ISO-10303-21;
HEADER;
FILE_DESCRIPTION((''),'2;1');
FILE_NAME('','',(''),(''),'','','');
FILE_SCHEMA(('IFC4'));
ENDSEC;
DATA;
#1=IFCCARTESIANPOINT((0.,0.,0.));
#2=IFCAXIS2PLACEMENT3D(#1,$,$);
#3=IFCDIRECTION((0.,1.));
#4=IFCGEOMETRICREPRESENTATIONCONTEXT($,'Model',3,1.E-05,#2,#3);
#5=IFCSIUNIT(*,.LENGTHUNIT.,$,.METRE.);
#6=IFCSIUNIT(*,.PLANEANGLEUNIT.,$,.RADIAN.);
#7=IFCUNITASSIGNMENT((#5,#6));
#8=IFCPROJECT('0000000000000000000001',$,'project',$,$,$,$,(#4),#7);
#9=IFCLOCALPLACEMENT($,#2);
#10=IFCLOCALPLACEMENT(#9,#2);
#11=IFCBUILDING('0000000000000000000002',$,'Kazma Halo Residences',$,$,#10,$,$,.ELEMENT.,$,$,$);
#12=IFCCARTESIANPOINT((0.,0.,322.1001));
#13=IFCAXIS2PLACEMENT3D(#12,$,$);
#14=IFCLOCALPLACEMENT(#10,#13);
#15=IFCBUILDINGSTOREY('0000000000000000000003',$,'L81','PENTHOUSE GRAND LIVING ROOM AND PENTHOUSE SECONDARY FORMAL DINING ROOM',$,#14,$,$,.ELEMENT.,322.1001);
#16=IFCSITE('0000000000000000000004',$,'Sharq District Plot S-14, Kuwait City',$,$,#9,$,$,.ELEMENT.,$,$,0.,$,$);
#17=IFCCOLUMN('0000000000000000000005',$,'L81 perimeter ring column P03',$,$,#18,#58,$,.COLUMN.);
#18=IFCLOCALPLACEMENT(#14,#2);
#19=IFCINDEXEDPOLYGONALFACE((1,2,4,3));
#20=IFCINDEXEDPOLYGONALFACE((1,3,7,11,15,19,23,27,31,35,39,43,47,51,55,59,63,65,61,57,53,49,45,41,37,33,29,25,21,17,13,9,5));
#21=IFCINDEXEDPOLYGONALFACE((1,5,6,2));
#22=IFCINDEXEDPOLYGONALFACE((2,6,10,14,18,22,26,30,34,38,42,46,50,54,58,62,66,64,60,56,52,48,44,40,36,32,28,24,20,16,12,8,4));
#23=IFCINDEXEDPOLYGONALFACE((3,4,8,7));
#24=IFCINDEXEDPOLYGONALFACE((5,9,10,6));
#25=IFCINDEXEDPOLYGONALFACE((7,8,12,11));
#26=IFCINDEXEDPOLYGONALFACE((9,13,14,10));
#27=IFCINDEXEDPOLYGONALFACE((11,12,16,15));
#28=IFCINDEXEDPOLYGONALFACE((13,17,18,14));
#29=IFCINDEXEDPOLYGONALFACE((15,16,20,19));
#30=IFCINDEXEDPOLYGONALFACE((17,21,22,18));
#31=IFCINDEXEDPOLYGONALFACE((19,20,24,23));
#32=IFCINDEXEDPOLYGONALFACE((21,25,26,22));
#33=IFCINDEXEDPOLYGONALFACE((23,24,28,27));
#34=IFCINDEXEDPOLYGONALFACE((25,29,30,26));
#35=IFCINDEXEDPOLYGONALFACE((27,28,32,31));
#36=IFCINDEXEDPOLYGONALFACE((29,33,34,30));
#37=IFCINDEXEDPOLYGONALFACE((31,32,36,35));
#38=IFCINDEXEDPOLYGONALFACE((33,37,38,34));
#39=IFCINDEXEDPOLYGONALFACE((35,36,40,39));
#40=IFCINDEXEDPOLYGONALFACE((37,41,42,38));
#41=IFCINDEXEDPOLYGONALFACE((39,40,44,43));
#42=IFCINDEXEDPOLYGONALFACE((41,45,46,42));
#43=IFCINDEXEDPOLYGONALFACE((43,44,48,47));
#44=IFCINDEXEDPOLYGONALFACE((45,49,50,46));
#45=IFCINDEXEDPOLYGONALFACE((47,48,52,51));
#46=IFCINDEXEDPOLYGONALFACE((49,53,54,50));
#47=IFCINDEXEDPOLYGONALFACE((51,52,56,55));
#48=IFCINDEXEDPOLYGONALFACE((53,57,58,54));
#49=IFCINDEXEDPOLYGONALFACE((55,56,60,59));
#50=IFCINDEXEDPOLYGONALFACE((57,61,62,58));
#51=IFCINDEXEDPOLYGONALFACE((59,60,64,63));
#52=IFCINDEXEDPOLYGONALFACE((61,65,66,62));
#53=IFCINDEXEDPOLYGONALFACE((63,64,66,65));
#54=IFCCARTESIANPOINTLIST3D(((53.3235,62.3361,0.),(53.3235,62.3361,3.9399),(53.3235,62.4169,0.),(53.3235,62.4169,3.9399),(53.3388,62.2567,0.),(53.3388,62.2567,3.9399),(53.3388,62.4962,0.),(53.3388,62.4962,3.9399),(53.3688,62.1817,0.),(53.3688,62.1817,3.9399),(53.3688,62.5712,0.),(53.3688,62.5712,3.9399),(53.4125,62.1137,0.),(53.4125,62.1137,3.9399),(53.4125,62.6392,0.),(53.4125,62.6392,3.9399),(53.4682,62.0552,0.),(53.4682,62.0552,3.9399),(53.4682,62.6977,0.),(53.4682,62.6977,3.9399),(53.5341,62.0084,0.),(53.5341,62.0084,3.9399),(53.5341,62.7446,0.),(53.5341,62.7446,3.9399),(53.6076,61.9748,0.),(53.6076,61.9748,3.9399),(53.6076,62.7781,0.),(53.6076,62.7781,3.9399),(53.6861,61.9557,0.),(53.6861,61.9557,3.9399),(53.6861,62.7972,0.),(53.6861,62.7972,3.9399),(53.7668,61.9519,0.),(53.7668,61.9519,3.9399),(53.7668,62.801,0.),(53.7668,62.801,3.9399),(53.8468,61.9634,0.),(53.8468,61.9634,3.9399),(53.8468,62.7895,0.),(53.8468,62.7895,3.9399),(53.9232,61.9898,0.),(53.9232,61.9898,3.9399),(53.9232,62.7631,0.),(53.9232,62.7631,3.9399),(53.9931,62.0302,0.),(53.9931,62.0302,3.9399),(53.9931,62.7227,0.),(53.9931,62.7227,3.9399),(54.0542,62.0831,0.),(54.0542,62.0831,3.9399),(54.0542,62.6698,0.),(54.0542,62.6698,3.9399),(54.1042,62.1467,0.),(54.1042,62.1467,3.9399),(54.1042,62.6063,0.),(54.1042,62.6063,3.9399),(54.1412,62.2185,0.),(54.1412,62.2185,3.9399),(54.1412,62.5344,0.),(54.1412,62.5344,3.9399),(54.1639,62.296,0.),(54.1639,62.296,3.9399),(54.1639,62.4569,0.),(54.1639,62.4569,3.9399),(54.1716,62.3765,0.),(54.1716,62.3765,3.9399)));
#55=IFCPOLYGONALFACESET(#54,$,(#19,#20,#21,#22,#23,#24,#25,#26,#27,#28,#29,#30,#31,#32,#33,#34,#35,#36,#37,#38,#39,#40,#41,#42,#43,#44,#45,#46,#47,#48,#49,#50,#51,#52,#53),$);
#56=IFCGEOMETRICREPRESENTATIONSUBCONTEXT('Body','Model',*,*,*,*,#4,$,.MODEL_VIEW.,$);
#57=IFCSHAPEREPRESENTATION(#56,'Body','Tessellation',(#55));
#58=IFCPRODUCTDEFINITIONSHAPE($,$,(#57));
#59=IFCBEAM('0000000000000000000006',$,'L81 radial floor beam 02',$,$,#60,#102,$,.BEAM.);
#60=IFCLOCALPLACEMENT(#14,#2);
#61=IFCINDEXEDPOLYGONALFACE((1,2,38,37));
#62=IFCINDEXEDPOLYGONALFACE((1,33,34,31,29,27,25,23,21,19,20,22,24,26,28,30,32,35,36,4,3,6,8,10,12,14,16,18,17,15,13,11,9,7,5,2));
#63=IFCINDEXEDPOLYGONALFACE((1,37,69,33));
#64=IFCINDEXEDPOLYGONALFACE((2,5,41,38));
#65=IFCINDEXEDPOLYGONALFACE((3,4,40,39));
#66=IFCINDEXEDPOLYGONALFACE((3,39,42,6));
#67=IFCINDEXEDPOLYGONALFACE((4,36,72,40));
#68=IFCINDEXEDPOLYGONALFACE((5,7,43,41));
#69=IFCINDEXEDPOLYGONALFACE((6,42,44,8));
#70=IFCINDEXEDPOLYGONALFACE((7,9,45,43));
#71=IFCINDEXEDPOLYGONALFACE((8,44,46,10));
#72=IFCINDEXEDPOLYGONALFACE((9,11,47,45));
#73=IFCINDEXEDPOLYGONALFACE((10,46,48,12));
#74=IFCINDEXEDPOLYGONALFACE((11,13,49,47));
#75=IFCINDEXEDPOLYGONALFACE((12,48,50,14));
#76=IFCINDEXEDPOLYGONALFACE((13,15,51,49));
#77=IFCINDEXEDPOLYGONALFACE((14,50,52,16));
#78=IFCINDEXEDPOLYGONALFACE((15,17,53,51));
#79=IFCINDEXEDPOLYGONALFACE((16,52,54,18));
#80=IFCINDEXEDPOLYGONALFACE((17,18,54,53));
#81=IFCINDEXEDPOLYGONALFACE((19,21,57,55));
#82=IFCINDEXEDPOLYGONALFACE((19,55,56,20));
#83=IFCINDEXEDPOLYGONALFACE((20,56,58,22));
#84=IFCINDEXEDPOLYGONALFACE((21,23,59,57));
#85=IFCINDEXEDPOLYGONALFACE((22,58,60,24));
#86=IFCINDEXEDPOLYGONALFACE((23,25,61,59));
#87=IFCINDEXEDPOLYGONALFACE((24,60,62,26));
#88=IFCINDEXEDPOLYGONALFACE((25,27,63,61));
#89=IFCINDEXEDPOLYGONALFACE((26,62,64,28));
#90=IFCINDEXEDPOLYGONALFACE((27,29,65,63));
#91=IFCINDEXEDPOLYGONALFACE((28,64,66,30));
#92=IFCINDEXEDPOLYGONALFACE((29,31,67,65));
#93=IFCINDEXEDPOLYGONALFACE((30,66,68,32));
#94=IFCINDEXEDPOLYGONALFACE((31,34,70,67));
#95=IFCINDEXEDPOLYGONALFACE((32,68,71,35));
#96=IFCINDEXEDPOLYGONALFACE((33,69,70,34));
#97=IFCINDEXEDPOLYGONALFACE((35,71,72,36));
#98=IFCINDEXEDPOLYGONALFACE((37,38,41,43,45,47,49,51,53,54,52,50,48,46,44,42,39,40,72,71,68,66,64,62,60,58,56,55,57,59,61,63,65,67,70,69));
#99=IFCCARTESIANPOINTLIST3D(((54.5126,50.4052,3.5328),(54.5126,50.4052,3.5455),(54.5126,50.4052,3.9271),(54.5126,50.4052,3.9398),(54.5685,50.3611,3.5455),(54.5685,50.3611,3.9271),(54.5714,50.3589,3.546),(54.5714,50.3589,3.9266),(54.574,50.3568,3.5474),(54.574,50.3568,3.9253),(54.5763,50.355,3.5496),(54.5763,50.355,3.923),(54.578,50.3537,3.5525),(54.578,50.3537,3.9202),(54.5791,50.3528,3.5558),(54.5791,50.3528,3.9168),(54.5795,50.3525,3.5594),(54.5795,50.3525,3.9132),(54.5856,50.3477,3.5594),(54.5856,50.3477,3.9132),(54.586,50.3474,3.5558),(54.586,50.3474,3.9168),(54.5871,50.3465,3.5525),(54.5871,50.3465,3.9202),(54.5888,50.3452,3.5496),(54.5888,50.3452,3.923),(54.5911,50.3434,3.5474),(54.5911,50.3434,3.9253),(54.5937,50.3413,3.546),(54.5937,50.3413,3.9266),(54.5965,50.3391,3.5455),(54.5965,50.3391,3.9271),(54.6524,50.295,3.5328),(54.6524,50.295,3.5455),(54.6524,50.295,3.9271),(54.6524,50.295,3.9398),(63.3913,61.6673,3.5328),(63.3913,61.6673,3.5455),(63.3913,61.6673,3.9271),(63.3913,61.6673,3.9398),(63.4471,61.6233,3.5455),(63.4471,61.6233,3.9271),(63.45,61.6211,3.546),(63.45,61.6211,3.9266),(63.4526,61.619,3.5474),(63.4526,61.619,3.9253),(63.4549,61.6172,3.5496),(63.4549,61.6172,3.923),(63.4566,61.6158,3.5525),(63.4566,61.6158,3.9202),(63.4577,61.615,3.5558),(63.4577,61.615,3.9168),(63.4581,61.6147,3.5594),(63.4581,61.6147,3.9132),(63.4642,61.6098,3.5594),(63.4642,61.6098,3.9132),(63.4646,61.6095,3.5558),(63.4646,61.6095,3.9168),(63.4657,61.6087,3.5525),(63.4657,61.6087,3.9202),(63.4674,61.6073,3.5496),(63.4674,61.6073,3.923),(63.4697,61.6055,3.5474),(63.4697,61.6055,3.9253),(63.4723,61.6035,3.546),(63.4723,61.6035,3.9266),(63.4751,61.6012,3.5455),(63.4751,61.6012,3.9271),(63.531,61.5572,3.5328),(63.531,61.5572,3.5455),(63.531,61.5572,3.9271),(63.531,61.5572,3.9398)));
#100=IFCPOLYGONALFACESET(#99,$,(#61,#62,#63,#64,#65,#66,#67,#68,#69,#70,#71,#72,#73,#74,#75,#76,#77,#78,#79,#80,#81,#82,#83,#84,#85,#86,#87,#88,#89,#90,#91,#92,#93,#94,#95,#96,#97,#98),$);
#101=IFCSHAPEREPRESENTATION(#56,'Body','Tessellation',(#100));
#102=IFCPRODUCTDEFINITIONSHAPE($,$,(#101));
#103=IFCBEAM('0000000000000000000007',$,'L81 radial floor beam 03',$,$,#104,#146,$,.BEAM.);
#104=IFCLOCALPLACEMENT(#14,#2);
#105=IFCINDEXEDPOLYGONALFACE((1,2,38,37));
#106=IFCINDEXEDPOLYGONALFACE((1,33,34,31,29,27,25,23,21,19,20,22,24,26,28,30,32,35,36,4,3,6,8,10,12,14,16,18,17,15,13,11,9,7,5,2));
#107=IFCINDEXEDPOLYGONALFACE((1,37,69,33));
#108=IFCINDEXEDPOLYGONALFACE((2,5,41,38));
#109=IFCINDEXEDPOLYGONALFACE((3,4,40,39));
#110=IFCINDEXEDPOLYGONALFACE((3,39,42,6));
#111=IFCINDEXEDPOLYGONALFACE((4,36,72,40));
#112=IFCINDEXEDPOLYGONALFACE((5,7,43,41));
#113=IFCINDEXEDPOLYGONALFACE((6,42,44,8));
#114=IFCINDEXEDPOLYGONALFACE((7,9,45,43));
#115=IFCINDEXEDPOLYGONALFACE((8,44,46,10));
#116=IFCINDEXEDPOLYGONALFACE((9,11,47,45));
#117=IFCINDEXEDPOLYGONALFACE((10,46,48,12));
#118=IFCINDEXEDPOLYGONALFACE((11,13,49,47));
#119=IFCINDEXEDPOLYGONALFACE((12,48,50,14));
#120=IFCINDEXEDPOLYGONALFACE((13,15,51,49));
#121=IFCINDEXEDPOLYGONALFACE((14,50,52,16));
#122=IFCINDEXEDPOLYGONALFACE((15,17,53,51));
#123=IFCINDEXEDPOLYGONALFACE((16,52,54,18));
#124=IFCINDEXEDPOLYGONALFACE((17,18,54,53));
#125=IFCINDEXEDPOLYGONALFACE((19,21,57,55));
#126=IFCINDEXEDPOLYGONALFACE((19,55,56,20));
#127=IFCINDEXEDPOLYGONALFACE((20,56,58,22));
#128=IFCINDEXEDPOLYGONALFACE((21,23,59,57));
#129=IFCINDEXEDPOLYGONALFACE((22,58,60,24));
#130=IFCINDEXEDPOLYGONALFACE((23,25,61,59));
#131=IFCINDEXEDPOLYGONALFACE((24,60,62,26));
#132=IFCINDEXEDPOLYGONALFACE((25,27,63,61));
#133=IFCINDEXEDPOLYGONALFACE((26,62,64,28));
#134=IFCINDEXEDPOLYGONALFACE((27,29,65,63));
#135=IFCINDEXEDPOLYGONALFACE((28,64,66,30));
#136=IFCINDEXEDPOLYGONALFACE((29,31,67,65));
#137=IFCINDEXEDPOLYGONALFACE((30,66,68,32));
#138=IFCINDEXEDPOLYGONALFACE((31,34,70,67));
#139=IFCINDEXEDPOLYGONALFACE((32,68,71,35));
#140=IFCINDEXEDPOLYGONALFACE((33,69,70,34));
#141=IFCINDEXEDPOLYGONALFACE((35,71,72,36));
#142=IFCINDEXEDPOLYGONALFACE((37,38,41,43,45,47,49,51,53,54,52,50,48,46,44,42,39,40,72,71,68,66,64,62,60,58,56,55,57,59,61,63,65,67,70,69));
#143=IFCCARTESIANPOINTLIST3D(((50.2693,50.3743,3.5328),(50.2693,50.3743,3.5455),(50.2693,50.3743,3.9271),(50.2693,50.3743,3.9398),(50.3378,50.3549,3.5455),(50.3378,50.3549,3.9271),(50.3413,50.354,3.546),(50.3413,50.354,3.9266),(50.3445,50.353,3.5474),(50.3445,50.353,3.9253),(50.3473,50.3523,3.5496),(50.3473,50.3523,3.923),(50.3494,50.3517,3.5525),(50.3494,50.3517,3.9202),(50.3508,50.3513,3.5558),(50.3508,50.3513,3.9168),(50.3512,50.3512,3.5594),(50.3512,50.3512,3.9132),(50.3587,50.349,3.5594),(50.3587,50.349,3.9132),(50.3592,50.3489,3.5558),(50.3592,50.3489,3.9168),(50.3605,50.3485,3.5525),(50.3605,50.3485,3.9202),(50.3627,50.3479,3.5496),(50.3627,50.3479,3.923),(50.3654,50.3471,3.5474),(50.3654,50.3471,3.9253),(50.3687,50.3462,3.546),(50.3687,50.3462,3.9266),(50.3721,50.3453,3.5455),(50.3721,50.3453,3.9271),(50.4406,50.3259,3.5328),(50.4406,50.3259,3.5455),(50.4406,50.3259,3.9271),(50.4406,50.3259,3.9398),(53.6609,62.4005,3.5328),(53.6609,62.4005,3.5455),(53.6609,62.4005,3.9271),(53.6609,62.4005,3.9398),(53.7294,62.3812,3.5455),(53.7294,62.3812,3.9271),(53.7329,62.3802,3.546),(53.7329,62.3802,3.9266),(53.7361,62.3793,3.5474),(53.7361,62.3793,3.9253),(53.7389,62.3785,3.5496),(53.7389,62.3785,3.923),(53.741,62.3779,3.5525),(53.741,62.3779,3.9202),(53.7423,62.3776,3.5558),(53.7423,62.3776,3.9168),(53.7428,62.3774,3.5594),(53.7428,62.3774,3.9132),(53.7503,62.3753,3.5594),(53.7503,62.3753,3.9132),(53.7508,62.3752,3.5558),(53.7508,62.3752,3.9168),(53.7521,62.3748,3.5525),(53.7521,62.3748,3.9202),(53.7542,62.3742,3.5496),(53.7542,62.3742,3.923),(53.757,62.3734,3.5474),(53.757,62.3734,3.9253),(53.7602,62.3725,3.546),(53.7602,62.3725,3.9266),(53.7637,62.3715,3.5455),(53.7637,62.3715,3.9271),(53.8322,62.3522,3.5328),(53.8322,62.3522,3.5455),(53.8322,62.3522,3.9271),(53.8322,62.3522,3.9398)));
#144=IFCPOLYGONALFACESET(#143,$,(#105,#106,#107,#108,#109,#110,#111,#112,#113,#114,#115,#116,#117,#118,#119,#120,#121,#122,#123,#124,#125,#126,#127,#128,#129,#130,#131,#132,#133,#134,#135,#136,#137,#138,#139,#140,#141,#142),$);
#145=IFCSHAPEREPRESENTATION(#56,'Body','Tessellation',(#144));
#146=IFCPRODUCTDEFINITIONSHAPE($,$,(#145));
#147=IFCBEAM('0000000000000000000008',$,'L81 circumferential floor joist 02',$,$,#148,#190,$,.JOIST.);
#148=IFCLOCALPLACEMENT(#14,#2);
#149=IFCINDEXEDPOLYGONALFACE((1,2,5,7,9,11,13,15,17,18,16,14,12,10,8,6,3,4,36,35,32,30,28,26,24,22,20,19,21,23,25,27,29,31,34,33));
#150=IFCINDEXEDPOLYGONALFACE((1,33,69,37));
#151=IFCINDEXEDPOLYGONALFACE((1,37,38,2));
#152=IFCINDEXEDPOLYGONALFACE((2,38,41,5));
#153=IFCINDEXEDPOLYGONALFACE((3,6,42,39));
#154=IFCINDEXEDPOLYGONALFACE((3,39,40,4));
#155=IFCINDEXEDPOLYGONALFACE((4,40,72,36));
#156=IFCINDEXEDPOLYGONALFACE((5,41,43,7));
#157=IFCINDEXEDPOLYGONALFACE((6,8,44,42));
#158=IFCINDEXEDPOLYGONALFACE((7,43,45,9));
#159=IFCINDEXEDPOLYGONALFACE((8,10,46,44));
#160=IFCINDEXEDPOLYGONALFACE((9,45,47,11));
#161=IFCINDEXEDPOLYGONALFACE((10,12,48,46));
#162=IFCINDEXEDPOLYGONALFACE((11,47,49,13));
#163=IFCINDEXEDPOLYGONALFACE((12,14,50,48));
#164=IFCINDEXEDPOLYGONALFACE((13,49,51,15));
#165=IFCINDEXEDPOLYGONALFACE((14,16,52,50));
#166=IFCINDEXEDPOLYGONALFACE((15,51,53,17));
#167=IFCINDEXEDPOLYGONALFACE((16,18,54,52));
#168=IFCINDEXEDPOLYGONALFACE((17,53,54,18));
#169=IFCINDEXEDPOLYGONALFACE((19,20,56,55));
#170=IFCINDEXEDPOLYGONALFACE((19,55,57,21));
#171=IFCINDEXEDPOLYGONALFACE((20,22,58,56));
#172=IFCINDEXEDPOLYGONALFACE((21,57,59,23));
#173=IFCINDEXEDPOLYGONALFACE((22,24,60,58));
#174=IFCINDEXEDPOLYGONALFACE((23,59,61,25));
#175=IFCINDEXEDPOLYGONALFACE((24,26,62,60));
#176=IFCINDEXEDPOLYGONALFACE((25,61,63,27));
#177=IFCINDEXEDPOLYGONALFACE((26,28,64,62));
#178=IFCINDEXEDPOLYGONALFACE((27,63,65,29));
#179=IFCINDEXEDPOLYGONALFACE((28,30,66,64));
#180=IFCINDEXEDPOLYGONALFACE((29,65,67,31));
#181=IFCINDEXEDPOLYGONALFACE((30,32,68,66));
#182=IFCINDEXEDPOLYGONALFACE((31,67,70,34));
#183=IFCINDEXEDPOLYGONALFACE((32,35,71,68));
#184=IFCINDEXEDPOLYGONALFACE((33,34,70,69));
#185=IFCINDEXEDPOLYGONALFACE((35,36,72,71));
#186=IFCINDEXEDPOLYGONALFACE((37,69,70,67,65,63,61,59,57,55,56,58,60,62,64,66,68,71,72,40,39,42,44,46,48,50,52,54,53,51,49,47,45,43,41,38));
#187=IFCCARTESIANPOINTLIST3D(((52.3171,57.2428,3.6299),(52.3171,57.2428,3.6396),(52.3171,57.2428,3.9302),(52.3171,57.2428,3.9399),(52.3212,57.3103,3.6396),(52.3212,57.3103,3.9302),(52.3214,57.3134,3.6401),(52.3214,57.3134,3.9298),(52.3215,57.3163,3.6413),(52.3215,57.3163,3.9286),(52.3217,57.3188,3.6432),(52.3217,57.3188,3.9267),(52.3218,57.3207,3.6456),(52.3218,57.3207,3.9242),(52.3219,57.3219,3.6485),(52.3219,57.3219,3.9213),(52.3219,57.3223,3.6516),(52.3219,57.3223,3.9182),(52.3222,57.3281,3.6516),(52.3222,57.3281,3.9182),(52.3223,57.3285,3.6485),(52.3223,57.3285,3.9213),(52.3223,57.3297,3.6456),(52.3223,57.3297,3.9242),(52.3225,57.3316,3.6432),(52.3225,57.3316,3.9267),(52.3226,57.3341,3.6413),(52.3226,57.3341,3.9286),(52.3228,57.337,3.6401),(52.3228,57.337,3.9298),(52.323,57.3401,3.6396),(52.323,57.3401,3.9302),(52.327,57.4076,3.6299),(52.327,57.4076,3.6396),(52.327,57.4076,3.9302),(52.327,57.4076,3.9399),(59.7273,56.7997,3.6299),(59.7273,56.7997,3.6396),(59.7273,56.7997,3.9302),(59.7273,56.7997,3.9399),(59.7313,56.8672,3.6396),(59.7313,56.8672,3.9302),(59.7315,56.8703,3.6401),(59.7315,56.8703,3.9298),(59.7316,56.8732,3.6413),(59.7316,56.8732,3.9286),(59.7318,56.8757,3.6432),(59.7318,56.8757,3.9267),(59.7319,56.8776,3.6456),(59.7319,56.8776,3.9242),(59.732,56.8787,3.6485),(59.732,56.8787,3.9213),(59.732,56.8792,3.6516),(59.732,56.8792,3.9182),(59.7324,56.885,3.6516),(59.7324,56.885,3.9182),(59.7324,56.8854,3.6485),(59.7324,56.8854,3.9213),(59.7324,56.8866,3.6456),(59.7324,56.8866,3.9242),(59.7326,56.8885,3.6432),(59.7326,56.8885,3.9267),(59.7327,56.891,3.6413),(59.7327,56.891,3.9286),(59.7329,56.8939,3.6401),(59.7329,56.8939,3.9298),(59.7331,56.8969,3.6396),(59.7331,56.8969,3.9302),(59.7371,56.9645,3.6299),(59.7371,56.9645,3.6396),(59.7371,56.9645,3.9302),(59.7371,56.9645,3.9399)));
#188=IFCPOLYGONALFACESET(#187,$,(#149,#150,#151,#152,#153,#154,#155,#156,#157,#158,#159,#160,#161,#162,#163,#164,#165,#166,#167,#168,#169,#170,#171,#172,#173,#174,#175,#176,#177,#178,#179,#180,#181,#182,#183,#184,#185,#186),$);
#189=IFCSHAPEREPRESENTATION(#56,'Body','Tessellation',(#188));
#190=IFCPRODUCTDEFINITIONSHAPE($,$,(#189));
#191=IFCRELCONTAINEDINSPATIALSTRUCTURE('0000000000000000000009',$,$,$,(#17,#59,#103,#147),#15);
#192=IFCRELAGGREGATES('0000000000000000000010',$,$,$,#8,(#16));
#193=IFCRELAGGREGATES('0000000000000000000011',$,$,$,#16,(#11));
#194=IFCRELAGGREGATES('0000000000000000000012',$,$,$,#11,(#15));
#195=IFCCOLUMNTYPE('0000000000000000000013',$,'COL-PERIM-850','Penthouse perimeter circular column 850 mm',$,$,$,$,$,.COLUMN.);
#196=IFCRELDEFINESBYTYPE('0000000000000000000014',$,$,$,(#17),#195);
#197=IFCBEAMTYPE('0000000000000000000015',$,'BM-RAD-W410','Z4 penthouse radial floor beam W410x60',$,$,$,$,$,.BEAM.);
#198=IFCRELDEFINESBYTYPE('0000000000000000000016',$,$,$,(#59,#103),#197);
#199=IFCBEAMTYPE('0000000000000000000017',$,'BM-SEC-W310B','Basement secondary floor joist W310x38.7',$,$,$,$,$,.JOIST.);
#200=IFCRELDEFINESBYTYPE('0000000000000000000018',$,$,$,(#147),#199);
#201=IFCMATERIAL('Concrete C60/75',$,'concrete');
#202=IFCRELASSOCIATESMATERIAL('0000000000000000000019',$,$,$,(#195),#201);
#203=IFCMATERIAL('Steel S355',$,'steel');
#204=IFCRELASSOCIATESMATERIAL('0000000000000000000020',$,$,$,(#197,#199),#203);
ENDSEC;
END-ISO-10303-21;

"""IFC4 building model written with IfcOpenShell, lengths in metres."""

from ifc_helpers import new_model, si_unit, direction, frame, origin, origin_2d, place, context, subcontext, project, spatial, circle, i_section, extrude, material, material_profile, profile_set, type_object, element, save


model = new_model("IFC4")

# Units and contexts
model_context = context("Model", 3, precision=1e-05, world=origin(), true_north=direction((0.0, 1.0)))
body_context = subcontext(model_context, "Body", "Model", "MODEL_VIEW")
ifc_project = project(units=[si_unit("LENGTHUNIT", "METRE"), si_unit("PLANEANGLEUNIT", "RADIAN")], contexts=[model_context])

# Site, building, storey
site_placement = place(None, origin())
site = spatial("IfcSite", under=ifc_project, at=site_placement, Name="Sharq District Plot S-14, Kuwait City", CompositionType="ELEMENT", RefElevation=0.0)
building_placement = place(site_placement, origin())
building = spatial("IfcBuilding", under=site, at=building_placement, Name="Kazma Halo Residences", CompositionType="ELEMENT")
storey_placement = place(building_placement, frame((0.0, 0.0, 322.1001)))
storey = spatial("IfcBuildingStorey", under=building, at=storey_placement, Name="L81", Description="PENTHOUSE GRAND LIVING ROOM AND PENTHOUSE SECONDARY FORMAL DINING ROOM", CompositionType="ELEMENT", Elevation=322.1001)

# Column
ifc_material_1 = material(Name="Concrete C60/75", Category="concrete")
ifc_material_profile_1 = material_profile(ifc_material_1, circle(Radius=0.425, at=origin_2d()), Name="CIRC850")
ifc_profile_set_1 = profile_set([ifc_material_profile_1], Name="Concrete C60/75")
column_type = type_object("IfcColumnType", Name="COL-PERIM-850", Description="Penthouse perimeter circular column 850 mm", PredefinedType="COLUMN", material=ifc_profile_set_1)
column_placement = place(storey_placement, frame((53.7466, 62.3765, 0.0), z_axis=(0.0, 0.0, 1.0), x_axis=(1.0, 0.0, 0.0)))
element("IfcColumn", 1, at=column_placement, inside=storey, type_object=column_type, Name="L81 perimeter ring column P03", PredefinedType="COLUMN", context=body_context, shape_type="SweptSolid", body=[
    extrude(circle(Radius=0.425, at=origin_2d()), origin(), (0.0, 0.0, 1.0), 3.9399),
])

# Beams
ifc_material_2 = material(Name="Steel S355", Category="steel")
ifc_material_profile_2 = material_profile(ifc_material_2, i_section(OverallWidth=0.178, OverallDepth=0.407, WebThickness=0.0078, FlangeThickness=0.0127, FilletRadius=0.0139, at=origin_2d()), Name="W410x60")
ifc_profile_set_2 = profile_set([ifc_material_profile_2], Name="Steel S355")
beam_type_1 = type_object("IfcBeamType", Name="BM-RAD-W410", Description="Z4 penthouse radial floor beam W410x60", PredefinedType="BEAM", material=ifc_profile_set_2)
beam_1_placement = place(storey_placement, frame((54.5825, 50.3501, 3.7363), z_axis=(0.619105, 0.785308, 0.0), x_axis=(-0.785308, 0.619105, 0.0)))
element("IfcBeam", 2, at=beam_1_placement, inside=storey, type_object=beam_type_1, Name="L81 radial floor beam 02", PredefinedType="BEAM", context=body_context, shape_type="SweptSolid", body=[
    extrude(i_section(OverallWidth=0.178, OverallDepth=0.407, WebThickness=0.0078, FlangeThickness=0.0127, FilletRadius=0.0139, at=origin_2d()), origin(), (0.0, 0.0, 1.0), 14.3411),
])
beam_2_placement = place(storey_placement, frame((50.355, 50.3501, 3.7363), z_axis=(0.271427, 0.962459, 0.0), x_axis=(-0.962459, 0.271427, 0.0)))
element("IfcBeam", 3, at=beam_2_placement, inside=storey, type_object=beam_type_1, Name="L81 radial floor beam 03", PredefinedType="BEAM", context=body_context, shape_type="SweptSolid", body=[
    extrude(i_section(OverallWidth=0.178, OverallDepth=0.407, WebThickness=0.0078, FlangeThickness=0.0127, FilletRadius=0.0139, at=origin_2d()), origin(), (0.0, 0.0, 1.0), 12.4954),
])
ifc_material_profile_3 = material_profile(ifc_material_2, i_section(OverallWidth=0.165, OverallDepth=0.3101, WebThickness=0.0059, FlangeThickness=0.0098, FilletRadius=0.012, at=origin_2d()), Name="W310x38.7")
ifc_profile_set_3 = profile_set([ifc_material_profile_3], Name="Steel S355")
beam_type_2 = type_object("IfcBeamType", Name="BM-SEC-W310B", Description="Basement secondary floor joist W310x38.7", PredefinedType="JOIST", material=ifc_profile_set_3)
beam_3_placement = place(storey_placement, frame((59.7322, 56.8821, 3.7849), z_axis=(-0.998217, 0.059692, 0.0), x_axis=(-0.059692, -0.998217, 0.0)))
element("IfcBeam", 4, at=beam_3_placement, inside=storey, type_object=beam_type_2, Name="L81 circumferential floor joist 02", PredefinedType="JOIST", context=body_context, shape_type="SweptSolid", body=[
    extrude(i_section(OverallWidth=0.165, OverallDepth=0.3101, WebThickness=0.0059, FlangeThickness=0.0098, FilletRadius=0.012, at=origin_2d()), origin(), (0.0, 0.0, 1.0), 7.4233),
])

save(model, "model.ifc")
